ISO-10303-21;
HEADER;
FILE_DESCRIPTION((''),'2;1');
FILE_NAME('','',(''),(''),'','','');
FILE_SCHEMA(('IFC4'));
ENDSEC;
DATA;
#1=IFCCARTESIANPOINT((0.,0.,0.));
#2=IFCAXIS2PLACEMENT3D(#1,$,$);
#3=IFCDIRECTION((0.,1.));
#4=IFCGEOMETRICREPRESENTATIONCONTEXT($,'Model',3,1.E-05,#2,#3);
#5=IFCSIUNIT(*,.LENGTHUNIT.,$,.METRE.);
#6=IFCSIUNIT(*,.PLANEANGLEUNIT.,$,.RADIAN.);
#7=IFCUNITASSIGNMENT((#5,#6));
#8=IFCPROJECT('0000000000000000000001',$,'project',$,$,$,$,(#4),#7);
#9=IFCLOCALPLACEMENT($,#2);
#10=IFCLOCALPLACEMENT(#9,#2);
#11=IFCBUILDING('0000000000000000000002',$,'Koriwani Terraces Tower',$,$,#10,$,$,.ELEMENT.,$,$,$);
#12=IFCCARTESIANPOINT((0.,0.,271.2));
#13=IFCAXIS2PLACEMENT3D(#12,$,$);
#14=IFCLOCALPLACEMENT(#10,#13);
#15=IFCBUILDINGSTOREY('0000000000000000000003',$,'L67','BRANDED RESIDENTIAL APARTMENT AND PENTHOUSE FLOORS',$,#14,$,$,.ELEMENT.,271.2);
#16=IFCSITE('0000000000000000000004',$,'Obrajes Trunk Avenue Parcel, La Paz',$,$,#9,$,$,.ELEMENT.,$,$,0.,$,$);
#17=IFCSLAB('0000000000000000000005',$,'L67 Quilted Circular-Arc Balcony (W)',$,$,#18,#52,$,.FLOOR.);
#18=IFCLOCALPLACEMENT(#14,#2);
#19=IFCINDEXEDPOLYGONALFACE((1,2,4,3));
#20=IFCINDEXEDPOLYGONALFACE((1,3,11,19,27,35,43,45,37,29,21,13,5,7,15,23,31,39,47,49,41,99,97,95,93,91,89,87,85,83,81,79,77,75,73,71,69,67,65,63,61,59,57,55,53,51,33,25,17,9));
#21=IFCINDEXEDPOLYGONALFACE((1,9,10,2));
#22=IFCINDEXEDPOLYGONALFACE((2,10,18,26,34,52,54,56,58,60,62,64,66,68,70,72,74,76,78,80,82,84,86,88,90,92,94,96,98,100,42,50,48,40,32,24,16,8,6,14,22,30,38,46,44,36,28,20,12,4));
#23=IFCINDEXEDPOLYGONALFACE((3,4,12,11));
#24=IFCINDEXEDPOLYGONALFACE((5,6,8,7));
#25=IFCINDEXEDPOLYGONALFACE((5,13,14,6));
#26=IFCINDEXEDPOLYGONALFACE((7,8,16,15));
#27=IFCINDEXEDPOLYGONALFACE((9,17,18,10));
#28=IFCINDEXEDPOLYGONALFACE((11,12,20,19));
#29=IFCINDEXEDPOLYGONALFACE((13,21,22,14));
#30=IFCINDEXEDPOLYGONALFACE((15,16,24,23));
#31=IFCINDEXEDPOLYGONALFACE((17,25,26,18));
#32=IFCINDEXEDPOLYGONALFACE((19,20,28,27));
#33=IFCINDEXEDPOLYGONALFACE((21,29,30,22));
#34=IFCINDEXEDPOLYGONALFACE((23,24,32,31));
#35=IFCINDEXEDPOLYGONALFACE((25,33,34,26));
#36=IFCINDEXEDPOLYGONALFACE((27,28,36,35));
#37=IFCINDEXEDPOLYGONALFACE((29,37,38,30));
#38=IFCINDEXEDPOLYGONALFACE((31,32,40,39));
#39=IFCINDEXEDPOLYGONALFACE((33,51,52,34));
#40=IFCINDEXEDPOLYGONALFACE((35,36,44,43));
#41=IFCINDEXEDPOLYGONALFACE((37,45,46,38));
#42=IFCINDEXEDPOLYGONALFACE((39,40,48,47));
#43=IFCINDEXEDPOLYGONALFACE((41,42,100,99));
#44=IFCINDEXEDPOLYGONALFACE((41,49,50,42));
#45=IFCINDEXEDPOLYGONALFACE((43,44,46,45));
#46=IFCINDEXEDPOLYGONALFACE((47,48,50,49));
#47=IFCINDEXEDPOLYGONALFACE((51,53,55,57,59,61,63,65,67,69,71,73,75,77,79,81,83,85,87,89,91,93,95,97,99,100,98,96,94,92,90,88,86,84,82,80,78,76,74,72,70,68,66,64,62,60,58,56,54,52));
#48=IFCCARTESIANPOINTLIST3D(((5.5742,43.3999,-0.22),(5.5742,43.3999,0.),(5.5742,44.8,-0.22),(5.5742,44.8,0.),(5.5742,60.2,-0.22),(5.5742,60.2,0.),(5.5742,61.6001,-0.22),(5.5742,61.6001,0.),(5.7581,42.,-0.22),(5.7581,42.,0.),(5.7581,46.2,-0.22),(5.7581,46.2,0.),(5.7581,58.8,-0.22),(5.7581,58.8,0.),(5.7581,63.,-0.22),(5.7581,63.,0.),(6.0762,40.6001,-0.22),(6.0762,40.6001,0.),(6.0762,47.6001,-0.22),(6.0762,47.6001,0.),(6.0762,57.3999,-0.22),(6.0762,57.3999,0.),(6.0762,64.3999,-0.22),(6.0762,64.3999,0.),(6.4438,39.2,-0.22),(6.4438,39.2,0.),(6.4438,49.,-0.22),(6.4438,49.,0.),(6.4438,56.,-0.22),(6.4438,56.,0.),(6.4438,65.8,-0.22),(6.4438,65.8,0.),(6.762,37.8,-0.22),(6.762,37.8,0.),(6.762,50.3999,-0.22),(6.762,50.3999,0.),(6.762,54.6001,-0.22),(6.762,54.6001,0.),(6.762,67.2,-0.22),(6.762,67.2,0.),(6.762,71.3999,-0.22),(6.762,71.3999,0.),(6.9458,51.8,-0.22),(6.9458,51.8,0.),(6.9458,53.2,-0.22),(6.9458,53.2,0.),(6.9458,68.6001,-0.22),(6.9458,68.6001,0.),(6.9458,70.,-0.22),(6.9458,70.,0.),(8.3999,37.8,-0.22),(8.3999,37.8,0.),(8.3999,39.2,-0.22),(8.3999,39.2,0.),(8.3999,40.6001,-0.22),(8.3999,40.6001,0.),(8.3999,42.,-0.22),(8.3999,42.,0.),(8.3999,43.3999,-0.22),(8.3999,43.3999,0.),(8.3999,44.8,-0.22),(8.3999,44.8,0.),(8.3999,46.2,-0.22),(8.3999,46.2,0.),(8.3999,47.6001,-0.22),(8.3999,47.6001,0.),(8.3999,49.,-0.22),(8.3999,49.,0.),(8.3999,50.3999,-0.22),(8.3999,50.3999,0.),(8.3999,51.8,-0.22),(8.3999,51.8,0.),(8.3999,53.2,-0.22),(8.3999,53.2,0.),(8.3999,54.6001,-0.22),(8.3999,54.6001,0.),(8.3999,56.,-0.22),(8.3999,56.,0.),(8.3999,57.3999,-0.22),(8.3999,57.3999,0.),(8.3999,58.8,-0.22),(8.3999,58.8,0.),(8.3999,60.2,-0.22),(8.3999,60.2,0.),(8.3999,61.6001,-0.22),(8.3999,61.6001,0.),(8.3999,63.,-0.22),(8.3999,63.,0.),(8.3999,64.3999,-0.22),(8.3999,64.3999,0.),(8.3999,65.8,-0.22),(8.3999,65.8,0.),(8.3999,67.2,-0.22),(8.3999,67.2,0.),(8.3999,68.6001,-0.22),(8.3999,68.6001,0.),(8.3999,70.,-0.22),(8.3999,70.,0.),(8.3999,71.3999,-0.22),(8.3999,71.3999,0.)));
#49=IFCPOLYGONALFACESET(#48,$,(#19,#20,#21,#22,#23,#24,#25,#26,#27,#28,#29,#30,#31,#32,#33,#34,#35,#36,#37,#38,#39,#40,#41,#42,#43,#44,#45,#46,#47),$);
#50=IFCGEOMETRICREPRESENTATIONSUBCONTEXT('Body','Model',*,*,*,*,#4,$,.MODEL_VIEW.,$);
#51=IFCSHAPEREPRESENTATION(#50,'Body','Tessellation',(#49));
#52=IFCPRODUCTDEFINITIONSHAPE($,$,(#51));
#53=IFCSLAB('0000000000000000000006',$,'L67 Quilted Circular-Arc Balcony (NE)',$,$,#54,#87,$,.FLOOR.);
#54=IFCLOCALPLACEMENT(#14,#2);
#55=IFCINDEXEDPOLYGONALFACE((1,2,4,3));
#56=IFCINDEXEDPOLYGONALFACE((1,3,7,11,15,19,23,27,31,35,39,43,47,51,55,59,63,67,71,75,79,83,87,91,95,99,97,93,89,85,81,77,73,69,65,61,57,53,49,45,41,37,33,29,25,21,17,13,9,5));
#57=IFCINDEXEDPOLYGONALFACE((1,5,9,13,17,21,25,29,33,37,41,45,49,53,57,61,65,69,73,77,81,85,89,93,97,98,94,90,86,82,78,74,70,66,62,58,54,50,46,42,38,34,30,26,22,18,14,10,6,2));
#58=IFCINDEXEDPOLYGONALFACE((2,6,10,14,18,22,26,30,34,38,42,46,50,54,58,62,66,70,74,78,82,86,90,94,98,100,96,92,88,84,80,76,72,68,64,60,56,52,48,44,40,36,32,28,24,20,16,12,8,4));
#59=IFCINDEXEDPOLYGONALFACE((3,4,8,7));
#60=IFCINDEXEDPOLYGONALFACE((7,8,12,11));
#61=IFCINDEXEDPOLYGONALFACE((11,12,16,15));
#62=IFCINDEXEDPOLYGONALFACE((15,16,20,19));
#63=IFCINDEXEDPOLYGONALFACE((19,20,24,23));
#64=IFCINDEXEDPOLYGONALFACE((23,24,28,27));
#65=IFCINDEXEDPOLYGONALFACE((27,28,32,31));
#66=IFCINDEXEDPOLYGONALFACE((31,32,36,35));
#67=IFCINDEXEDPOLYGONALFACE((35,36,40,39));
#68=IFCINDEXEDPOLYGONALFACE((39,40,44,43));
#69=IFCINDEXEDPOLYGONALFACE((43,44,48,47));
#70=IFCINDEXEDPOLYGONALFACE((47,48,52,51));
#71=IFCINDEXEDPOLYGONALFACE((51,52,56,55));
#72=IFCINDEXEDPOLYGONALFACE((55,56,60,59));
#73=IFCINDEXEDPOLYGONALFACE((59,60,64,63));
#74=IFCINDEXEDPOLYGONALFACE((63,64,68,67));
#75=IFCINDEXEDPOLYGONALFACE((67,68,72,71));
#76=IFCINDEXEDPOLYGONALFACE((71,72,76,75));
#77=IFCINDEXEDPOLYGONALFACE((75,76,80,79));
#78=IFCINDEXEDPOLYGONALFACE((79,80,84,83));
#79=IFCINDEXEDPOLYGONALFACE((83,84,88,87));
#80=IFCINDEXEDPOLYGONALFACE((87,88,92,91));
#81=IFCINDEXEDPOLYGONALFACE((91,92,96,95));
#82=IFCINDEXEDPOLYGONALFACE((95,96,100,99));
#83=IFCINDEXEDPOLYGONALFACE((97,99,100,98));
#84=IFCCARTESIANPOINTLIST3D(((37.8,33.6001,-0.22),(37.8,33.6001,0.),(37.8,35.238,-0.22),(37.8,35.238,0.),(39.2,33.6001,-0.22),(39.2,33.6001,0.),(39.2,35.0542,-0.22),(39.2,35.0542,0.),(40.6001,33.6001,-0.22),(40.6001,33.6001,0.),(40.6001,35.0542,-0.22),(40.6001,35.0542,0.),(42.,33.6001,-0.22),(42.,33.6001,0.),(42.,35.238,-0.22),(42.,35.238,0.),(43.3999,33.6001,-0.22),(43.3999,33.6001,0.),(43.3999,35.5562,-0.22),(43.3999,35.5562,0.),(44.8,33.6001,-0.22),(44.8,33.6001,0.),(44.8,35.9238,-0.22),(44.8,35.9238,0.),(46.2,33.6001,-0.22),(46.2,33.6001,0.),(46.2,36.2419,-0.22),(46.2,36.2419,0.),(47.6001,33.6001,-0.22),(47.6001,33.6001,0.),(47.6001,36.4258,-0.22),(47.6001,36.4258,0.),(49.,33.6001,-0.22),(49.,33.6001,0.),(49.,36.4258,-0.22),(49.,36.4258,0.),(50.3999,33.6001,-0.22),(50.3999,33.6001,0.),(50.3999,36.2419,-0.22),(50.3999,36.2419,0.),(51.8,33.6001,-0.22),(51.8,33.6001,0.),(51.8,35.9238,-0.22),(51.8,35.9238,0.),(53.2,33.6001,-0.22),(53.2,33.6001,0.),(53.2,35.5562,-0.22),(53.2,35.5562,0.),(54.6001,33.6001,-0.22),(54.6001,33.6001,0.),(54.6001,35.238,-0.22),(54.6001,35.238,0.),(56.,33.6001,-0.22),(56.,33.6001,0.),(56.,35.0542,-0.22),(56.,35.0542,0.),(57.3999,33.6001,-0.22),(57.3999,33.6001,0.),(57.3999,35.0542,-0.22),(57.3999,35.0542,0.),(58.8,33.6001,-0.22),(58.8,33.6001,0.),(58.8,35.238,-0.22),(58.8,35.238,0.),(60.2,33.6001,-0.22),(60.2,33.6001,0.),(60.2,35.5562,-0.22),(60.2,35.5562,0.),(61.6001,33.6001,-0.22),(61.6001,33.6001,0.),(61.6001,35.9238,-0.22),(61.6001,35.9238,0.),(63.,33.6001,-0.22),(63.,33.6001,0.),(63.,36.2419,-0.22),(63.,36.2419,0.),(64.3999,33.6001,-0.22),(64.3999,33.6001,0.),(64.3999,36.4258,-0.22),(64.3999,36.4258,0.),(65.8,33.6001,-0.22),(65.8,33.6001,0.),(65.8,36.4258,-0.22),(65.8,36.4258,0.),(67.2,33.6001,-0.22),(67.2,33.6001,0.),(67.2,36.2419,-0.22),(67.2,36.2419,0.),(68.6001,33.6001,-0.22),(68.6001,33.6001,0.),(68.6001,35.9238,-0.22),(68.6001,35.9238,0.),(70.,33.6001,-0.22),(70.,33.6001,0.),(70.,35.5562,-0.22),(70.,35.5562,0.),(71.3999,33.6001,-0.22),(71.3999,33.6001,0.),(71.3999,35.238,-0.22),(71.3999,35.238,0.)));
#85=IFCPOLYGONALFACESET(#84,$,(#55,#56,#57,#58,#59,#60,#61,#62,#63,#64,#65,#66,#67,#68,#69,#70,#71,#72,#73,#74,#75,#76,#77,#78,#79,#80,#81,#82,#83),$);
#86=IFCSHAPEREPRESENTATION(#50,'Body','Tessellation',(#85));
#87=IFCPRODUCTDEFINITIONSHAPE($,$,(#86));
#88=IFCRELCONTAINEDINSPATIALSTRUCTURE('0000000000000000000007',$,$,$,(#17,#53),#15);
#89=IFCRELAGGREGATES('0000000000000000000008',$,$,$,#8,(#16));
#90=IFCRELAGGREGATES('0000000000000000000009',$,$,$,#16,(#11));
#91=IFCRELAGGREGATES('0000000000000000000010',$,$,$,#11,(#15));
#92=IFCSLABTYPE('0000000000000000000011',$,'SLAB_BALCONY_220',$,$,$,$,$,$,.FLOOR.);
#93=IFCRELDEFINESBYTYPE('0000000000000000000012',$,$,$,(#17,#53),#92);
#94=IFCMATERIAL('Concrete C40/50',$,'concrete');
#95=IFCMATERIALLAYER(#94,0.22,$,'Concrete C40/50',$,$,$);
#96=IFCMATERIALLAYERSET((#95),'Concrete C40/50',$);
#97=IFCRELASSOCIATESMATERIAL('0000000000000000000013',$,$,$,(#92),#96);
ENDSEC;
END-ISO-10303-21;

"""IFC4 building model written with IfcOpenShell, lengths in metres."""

from ifc_helpers import new_model, si_unit, direction, frame, origin, place, context, subcontext, project, spatial, polyline, outline, extrude, material, layer, layer_set, type_object, element, save


model = new_model("IFC4")

# Units and contexts
model_context = context("Model", 3, precision=1e-05, world=origin(), true_north=direction((0.0, 1.0)))
body_context = subcontext(model_context, "Body", "Model", "MODEL_VIEW")
ifc_project = project(units=[si_unit("LENGTHUNIT", "METRE"), si_unit("PLANEANGLEUNIT", "RADIAN")], contexts=[model_context])

# Site, building, storey
site_placement = place(None, origin())
site = spatial("IfcSite", under=ifc_project, at=site_placement, Name="Obrajes Trunk Avenue Parcel, La Paz", CompositionType="ELEMENT", RefElevation=0.0)
building_placement = place(site_placement, origin())
building = spatial("IfcBuilding", under=site, at=building_placement, Name="Koriwani Terraces Tower", CompositionType="ELEMENT")
storey_placement = place(building_placement, frame((0.0, 0.0, 271.2)))
storey = spatial("IfcBuildingStorey", under=building, at=storey_placement, Name="L67", Description="BRANDED RESIDENTIAL APARTMENT AND PENTHOUSE FLOORS", CompositionType="ELEMENT", Elevation=271.2)

# Slabs
ifc_material_1 = material(Name="Concrete C40/50", Category="concrete")
ifc_layer_1 = layer(ifc_material_1, 0.22, Name="Concrete C40/50")
ifc_layer_set_1 = layer_set([ifc_layer_1], Name="Concrete C40/50")
slab_type_1 = type_object("IfcSlabType", Name="SLAB_BALCONY_220", PredefinedType="FLOOR", material=ifc_layer_set_1)
slab_1_placement = place(storey_placement, frame((0.0, 0.0, -0.22)))
element("IfcSlab", 1, at=slab_1_placement, inside=storey, type_object=slab_type_1, Name="L67 Quilted Circular-Arc Balcony (W)", PredefinedType="FLOOR", context=body_context, shape_type="SweptSolid", body=[
    extrude(outline(polyline([(8.3999, 37.8), (8.3999, 39.2), (8.3999, 40.6001), (8.3999, 42.0), (8.3999, 43.3999), (8.3999, 44.8), (8.3999, 46.2), (8.3999, 47.6001), (8.3999, 49.0), (8.3999, 50.3999), (8.3999, 51.8), (8.3999, 53.2), (8.3999, 54.6001), (8.3999, 56.0), (8.3999, 57.3999), (8.3999, 58.8), (8.3999, 60.2), (8.3999, 61.6001), (8.3999, 63.0), (8.3999, 64.3999), (8.3999, 65.8), (8.3999, 67.2), (8.3999, 68.6001), (8.3999, 70.0), (8.3999, 71.3999), (6.762, 71.3999), (6.9458, 70.0), (6.9458, 68.6001), (6.762, 67.2), (6.4438, 65.8), (6.0762, 64.3999), (5.7581, 63.0), (5.5742, 61.6001), (5.5742, 60.2), (5.7581, 58.8), (6.0762, 57.3999), (6.4438, 56.0), (6.762, 54.6001), (6.9458, 53.2), (6.9458, 51.8), (6.762, 50.3999), (6.4438, 49.0), (6.0762, 47.6001), (5.7581, 46.2), (5.5742, 44.8), (5.5742, 43.3999), (5.7581, 42.0), (6.0762, 40.6001), (6.4438, 39.2), (6.762, 37.8), (8.3999, 37.8)])), origin(), (0.0, 0.0, 1.0), 0.22),
])
slab_2_placement = place(storey_placement, frame((0.0, 0.0, -0.22)))
element("IfcSlab", 2, at=slab_2_placement, inside=storey, type_object=slab_type_1, Name="L67 Quilted Circular-Arc Balcony (NE)", PredefinedType="FLOOR", context=body_context, shape_type="SweptSolid", body=[
    extrude(outline(polyline([(71.3999, 33.6001), (70.0, 33.6001), (68.6001, 33.6001), (67.2, 33.6001), (65.8, 33.6001), (64.3999, 33.6001), (63.0, 33.6001), (61.6001, 33.6001), (60.2, 33.6001), (58.8, 33.6001), (57.3999, 33.6001), (56.0, 33.6001), (54.6001, 33.6001), (53.2, 33.6001), (51.8, 33.6001), (50.3999, 33.6001), (49.0, 33.6001), (47.6001, 33.6001), (46.2, 33.6001), (44.8, 33.6001), (43.3999, 33.6001), (42.0, 33.6001), (40.6001, 33.6001), (39.2, 33.6001), (37.8, 33.6001), (37.8, 35.238), (39.2, 35.0542), (40.6001, 35.0542), (42.0, 35.238), (43.3999, 35.5562), (44.8, 35.9238), (46.2, 36.2419), (47.6001, 36.4258), (49.0, 36.4258), (50.3999, 36.2419), (51.8, 35.9238), (53.2, 35.5562), (54.6001, 35.238), (56.0, 35.0542), (57.3999, 35.0542), (58.8, 35.238), (60.2, 35.5562), (61.6001, 35.9238), (63.0, 36.2419), (64.3999, 36.4258), (65.8, 36.4258), (67.2, 36.2419), (68.6001, 35.9238), (70.0, 35.5562), (71.3999, 35.238), (71.3999, 33.6001)])), origin(), (0.0, 0.0, 1.0), 0.22),
])

save(model, "model.ifc")
